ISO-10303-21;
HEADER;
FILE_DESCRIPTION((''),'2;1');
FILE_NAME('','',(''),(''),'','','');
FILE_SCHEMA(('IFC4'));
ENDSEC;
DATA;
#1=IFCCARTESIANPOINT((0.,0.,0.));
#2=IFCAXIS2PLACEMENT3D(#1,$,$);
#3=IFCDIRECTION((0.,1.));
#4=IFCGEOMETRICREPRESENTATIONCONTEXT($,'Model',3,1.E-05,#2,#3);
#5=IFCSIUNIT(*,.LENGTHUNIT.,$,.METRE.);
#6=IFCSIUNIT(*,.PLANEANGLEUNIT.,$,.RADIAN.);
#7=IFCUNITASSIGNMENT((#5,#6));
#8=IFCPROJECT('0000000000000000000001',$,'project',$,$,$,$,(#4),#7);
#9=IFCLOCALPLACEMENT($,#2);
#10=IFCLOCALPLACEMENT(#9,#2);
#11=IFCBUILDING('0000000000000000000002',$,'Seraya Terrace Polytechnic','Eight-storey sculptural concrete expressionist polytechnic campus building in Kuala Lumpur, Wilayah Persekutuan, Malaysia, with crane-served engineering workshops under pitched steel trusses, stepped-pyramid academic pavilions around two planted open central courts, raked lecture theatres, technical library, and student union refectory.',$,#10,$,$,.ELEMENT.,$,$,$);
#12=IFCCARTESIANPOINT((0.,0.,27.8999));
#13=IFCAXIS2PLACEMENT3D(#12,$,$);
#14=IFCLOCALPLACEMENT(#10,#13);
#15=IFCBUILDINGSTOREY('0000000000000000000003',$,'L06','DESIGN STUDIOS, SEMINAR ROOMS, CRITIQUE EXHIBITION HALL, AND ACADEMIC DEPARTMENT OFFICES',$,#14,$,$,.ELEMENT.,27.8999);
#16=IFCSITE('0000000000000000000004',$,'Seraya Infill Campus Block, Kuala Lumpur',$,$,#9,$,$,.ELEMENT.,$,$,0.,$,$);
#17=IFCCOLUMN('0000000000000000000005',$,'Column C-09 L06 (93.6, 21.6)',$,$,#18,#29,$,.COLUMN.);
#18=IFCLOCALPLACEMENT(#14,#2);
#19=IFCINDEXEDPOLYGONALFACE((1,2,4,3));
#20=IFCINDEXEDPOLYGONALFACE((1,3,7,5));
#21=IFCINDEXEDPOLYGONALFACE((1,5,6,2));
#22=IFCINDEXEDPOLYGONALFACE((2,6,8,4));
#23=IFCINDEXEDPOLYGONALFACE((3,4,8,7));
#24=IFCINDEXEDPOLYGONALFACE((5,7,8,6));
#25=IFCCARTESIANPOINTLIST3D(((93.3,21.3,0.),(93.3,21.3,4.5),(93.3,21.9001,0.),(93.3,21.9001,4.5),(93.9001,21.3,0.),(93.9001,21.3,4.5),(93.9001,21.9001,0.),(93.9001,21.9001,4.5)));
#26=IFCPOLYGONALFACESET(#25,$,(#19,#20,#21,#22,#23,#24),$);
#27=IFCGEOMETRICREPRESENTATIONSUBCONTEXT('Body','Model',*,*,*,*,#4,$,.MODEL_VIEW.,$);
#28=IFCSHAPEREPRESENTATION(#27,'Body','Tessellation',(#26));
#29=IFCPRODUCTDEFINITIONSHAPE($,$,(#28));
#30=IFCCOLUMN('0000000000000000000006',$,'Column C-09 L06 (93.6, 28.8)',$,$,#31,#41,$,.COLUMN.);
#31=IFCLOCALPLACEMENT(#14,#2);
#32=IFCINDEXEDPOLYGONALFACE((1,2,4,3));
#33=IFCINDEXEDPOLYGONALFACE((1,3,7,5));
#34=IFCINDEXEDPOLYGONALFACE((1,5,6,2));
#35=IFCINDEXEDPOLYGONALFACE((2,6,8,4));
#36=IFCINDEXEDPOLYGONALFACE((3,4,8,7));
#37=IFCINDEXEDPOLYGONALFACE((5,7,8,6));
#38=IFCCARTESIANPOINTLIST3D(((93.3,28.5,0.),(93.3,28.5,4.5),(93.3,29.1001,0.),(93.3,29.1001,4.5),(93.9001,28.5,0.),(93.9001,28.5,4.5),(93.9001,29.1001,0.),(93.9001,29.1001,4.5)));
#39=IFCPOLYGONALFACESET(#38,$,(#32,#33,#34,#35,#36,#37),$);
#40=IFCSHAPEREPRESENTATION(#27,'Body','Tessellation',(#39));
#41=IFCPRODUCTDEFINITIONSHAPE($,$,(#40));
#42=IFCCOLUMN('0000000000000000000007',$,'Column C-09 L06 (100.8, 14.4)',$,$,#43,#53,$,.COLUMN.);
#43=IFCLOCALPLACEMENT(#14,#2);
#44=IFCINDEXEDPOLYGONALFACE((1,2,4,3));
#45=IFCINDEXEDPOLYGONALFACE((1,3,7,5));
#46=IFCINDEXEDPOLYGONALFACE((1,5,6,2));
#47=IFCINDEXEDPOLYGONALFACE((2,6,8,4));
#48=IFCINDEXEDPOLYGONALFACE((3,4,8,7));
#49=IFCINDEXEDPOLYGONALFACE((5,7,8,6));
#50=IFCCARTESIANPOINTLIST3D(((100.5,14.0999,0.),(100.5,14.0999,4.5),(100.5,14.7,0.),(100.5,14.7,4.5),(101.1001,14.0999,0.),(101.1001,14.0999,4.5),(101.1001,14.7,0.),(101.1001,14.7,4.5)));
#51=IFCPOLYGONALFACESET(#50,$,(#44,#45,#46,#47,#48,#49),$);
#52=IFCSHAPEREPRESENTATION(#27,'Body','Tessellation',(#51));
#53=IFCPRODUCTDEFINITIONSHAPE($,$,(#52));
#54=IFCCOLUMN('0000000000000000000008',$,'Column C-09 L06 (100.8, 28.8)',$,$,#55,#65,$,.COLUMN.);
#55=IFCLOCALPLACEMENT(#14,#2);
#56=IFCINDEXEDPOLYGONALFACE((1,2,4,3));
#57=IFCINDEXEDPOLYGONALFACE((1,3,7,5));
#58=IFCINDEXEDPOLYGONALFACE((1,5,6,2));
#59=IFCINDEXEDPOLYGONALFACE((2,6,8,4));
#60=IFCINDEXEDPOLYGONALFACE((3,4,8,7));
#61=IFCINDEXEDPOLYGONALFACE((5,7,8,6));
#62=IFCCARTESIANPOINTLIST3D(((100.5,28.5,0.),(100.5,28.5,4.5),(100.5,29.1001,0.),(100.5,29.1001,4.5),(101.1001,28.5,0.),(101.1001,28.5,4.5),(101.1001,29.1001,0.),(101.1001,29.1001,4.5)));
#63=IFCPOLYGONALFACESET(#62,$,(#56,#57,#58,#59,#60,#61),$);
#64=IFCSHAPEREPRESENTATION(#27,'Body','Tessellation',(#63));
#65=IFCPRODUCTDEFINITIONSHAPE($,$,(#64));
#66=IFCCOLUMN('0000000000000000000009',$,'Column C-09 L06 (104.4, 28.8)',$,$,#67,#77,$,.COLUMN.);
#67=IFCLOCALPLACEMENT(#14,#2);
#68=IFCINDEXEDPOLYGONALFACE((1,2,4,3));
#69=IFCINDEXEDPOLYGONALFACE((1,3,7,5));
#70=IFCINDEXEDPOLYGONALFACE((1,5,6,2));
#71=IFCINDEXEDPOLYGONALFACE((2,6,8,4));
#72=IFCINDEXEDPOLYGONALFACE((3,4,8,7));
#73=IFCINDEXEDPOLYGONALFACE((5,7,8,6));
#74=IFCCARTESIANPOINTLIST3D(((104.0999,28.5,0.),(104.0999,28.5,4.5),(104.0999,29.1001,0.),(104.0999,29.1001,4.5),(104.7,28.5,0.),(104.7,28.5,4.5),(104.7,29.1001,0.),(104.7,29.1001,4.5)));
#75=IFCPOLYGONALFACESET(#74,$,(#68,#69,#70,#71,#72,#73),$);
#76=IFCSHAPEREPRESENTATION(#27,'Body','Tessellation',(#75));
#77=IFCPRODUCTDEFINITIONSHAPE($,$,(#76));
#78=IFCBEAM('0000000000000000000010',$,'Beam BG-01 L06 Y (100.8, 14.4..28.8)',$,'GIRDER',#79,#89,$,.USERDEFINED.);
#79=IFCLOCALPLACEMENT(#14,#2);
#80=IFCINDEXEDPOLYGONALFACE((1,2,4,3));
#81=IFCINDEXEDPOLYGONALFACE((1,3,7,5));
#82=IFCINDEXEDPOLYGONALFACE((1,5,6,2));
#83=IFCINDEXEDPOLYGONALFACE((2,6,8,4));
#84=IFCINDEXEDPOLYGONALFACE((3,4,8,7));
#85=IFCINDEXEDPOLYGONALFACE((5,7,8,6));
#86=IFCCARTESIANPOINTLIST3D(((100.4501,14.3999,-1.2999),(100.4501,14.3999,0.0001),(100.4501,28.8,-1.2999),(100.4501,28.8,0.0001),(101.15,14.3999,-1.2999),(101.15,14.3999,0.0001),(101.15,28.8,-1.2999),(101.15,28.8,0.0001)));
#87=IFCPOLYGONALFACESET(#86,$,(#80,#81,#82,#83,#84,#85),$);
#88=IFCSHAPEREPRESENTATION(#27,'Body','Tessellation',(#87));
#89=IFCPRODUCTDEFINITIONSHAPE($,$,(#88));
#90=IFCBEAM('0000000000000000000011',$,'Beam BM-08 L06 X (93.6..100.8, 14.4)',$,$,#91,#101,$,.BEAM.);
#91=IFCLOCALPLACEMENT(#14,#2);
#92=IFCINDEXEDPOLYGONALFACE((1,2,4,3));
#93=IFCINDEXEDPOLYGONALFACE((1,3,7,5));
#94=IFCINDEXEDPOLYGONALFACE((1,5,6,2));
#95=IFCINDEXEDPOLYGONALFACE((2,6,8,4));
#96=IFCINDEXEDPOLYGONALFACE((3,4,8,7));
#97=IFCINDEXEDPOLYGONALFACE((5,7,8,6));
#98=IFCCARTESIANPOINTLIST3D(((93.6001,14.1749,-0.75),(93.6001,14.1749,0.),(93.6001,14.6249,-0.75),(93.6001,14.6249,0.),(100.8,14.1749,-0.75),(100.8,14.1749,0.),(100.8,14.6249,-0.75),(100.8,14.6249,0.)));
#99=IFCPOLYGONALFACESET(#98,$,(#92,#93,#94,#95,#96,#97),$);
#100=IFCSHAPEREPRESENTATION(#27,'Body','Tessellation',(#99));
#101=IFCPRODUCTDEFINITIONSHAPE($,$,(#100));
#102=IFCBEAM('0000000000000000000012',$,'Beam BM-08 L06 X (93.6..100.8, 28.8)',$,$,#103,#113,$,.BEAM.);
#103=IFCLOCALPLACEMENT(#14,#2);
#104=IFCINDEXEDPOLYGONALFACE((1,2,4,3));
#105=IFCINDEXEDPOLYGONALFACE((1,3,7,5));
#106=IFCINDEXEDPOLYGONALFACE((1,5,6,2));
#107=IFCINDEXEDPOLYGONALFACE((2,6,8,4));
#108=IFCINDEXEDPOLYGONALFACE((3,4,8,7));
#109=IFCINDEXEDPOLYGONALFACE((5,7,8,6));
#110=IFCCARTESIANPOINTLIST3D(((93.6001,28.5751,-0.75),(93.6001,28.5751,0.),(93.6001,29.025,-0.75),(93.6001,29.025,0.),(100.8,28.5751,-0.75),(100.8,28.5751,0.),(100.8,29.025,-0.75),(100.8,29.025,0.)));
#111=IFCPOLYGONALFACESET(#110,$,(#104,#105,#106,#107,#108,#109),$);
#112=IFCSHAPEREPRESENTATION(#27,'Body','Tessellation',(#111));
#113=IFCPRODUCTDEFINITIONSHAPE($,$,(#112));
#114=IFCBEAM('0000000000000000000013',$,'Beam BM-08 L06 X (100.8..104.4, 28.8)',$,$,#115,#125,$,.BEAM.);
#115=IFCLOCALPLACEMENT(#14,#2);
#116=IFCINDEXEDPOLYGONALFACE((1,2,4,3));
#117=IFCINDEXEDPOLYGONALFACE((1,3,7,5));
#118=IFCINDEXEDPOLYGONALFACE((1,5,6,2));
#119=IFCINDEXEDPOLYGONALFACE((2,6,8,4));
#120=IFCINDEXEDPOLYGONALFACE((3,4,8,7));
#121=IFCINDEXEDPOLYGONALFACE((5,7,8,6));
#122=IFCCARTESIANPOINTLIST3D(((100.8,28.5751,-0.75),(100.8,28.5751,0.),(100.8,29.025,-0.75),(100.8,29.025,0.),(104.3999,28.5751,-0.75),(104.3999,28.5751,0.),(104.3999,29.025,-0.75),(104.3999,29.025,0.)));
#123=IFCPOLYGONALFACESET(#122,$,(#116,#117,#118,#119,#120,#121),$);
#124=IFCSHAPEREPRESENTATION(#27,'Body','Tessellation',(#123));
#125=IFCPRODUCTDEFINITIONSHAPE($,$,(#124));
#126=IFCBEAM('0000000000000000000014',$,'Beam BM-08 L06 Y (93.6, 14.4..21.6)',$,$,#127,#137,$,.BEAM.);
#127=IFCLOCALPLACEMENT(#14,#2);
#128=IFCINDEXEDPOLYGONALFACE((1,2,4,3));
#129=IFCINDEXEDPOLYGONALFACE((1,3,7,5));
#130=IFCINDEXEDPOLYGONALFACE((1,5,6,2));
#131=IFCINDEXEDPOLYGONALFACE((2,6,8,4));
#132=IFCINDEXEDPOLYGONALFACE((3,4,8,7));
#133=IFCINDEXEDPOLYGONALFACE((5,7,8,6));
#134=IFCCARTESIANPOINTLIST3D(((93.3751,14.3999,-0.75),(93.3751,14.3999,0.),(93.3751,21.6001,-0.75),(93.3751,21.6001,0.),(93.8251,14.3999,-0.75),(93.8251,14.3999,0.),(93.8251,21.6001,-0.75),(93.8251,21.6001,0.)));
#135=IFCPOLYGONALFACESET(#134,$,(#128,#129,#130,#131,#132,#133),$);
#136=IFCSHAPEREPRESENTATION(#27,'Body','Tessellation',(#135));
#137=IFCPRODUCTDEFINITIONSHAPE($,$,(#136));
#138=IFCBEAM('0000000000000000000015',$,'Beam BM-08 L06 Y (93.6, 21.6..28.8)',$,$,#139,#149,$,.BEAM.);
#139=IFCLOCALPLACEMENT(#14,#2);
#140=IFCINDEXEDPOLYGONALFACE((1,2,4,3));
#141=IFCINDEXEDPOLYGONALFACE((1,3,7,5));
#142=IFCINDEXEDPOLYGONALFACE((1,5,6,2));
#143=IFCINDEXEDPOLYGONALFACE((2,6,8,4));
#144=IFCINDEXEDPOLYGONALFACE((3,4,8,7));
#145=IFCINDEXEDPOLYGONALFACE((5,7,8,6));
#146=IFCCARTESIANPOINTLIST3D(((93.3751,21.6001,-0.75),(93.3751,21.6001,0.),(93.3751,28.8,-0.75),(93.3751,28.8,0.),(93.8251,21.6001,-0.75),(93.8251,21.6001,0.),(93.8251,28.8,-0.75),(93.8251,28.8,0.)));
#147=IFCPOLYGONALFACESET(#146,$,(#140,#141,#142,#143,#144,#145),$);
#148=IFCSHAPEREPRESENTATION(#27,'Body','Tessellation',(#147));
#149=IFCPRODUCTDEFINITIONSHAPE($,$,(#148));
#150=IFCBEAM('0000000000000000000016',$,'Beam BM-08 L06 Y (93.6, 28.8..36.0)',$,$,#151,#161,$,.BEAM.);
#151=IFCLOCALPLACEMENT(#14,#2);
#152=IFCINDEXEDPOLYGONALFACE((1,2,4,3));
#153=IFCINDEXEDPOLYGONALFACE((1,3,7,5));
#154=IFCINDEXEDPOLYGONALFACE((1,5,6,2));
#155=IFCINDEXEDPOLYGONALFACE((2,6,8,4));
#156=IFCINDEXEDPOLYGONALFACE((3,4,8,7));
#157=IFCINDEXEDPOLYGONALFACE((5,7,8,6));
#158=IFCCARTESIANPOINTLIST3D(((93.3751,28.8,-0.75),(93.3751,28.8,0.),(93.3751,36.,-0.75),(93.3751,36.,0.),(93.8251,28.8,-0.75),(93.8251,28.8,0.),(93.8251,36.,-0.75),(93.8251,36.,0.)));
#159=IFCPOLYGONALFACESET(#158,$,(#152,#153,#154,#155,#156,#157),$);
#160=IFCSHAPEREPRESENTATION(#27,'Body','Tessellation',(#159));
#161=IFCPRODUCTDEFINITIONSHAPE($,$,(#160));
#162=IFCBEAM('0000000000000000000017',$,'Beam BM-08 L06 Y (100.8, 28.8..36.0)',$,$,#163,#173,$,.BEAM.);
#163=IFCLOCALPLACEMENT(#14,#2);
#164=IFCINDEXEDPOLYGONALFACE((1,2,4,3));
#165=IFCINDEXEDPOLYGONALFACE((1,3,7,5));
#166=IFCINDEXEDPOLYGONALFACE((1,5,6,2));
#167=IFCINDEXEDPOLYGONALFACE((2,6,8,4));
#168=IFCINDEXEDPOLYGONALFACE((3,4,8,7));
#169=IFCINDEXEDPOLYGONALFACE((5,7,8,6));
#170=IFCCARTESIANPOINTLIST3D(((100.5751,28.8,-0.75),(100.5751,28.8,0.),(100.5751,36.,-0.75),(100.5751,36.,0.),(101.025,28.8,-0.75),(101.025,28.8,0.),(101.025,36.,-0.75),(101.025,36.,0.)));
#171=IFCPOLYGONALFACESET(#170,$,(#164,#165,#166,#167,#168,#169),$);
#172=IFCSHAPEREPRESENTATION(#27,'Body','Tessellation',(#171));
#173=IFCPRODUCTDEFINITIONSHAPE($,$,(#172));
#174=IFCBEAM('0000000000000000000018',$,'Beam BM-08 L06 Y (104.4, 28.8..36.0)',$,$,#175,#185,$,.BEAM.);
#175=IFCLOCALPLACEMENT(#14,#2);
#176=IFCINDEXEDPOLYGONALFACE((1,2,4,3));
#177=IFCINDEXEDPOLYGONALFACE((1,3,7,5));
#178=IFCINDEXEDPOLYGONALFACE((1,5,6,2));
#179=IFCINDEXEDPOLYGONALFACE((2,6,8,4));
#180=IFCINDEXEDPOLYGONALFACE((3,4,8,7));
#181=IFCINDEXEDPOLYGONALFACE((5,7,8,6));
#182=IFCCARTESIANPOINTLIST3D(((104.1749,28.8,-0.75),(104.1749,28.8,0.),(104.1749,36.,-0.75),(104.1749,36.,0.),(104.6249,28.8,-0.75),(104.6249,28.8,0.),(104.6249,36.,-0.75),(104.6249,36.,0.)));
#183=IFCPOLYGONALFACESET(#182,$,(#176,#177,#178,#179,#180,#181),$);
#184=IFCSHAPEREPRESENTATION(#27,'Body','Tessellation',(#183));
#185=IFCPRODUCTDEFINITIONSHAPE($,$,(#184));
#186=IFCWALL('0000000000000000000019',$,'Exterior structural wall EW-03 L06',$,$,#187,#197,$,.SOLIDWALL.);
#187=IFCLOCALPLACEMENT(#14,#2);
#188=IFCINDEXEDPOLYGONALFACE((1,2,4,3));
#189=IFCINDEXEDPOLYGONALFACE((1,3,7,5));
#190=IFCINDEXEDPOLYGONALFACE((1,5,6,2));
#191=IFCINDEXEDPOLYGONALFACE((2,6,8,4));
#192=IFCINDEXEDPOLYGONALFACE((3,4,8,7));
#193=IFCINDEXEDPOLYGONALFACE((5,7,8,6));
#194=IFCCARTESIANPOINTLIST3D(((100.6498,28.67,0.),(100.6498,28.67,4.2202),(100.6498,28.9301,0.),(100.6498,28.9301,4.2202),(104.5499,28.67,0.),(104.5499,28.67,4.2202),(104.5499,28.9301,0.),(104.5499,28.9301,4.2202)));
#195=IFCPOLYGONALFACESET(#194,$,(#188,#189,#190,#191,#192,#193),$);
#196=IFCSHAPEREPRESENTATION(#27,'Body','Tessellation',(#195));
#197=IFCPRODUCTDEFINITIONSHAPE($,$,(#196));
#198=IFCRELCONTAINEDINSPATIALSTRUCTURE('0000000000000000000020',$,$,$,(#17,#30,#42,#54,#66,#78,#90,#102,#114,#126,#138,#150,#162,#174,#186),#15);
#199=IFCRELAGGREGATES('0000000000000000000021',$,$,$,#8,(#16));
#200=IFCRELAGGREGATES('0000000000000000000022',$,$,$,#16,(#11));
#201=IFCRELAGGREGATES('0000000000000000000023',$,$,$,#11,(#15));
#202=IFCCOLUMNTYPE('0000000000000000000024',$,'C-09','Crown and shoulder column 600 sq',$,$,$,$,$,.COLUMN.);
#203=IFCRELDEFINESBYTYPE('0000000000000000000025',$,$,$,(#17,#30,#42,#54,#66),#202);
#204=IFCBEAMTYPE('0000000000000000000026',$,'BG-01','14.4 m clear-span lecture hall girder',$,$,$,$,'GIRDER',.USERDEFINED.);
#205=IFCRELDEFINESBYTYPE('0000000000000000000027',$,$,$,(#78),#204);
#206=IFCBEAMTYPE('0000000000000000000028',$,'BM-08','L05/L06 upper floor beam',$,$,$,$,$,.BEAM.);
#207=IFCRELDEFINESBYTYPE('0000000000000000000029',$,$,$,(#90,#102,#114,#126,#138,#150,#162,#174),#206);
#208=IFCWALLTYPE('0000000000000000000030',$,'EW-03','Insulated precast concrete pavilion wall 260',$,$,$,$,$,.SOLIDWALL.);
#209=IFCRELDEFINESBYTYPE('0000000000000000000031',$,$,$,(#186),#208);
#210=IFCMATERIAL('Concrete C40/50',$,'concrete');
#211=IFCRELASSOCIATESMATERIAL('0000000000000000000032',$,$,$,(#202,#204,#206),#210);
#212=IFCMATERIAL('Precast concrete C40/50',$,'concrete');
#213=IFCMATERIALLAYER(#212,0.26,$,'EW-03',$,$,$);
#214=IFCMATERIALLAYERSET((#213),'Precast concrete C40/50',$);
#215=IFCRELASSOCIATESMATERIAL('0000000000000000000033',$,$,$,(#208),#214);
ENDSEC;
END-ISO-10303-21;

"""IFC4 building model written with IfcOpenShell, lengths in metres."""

from ifc_helpers import new_model, si_unit, direction, frame, frame_2d, origin, origin_2d, place, context, subcontext, project, spatial, rectangle, extrude, material, layer, layer_set, material_profile, profile_set, type_object, element, save


model = new_model("IFC4")

# Units and contexts
model_context = context("Model", 3, precision=1e-05, world=origin(), true_north=direction((0.0, 1.0)))
body_context = subcontext(model_context, "Body", "Model", "MODEL_VIEW")
ifc_project = project(units=[si_unit("LENGTHUNIT", "METRE"), si_unit("PLANEANGLEUNIT", "RADIAN")], contexts=[model_context])

# Site, building, storey
site_placement = place(None, origin())
site = spatial("IfcSite", under=ifc_project, at=site_placement, Name="Seraya Infill Campus Block, Kuala Lumpur", CompositionType="ELEMENT", RefElevation=0.0)
building_placement = place(site_placement, origin())
building = spatial("IfcBuilding", under=site, at=building_placement, Name="Seraya Terrace Polytechnic", Description="Eight-storey sculptural concrete expressionist polytechnic campus building in Kuala Lumpur, Wilayah Persekutuan, Malaysia, with crane-served engineering workshops under pitched steel trusses, stepped-pyramid academic pavilions around two planted open central courts, raked lecture theatres, technical library, and student union refectory.", CompositionType="ELEMENT")
storey_placement = place(building_placement, frame((0.0, 0.0, 27.8999)))
storey = spatial("IfcBuildingStorey", under=building, at=storey_placement, Name="L06", Description="DESIGN STUDIOS, SEMINAR ROOMS, CRITIQUE EXHIBITION HALL, AND ACADEMIC DEPARTMENT OFFICES", CompositionType="ELEMENT", Elevation=27.8999)

# Columns
ifc_material_1 = material(Name="Concrete C40/50", Category="concrete")
ifc_material_profile_1 = material_profile(ifc_material_1, rectangle(XDim=0.6001, YDim=0.6001, at=origin_2d()), Name="RC 600x600")
ifc_profile_set_1 = profile_set([ifc_material_profile_1], Name="Concrete C40/50")
column_type = type_object("IfcColumnType", Name="C-09", Description="Crown and shoulder column 600 sq", PredefinedType="COLUMN", material=ifc_profile_set_1)
for number, where, z_axis, x_axis, name in (
    (1, (93.6001, 21.6001, 0.0), (0.0, 0.0, 1.0), (1.0, 0.0, 0.0), "Column C-09 L06 (93.6, 21.6)"),
    (2, (93.6001, 28.8, 0.0), (0.0, 0.0, 1.0), (1.0, 0.0, 0.0), "Column C-09 L06 (93.6, 28.8)"),
    (3, (100.8, 14.3999, 0.0), (0.0, 0.0, 1.0), (1.0, 0.0, 0.0), "Column C-09 L06 (100.8, 14.4)"),
    (4, (100.8, 28.8, 0.0), (0.0, 0.0, 1.0), (1.0, 0.0, 0.0), "Column C-09 L06 (100.8, 28.8)"),
    (5, (104.3999, 28.8, 0.0), (0.0, 0.0, 1.0), (1.0, 0.0, 0.0), "Column C-09 L06 (104.4, 28.8)"),
):
    element("IfcColumn", number, at=place(storey_placement, frame(where, z_axis=z_axis, x_axis=x_axis)), inside=storey, type_object=column_type, Name=name, PredefinedType="COLUMN", context=body_context, shape_type="SweptSolid", body=[
        extrude(rectangle(XDim=0.6001, YDim=0.6001, at=origin_2d()), origin(), (0.0, 0.0, 1.0), 4.5),
    ])

# Beams
ifc_material_profile_2 = material_profile(ifc_material_1, rectangle(XDim=0.7, YDim=1.3, at=origin_2d()), Name="RC 700x1300")
ifc_profile_set_2 = profile_set([ifc_material_profile_2], Name="Concrete C40/50")
beam_type_1 = type_object("IfcBeamType", Name="BG-01", Description="14.4 m clear-span lecture hall girder", ElementType="GIRDER", PredefinedType="USERDEFINED", material=ifc_profile_set_2)
beam_1_placement = place(storey_placement, frame((100.8, 14.3999, -0.6499), z_axis=(0.0, 1.0, 0.0), x_axis=(-1.0, 0.0, 0.0)))
element("IfcBeam", 6, at=beam_1_placement, inside=storey, type_object=beam_type_1, Name="Beam BG-01 L06 Y (100.8, 14.4..28.8)", ObjectType="GIRDER", PredefinedType="USERDEFINED", context=body_context, shape_type="SweptSolid", body=[
    extrude(rectangle(XDim=0.7, YDim=1.3, at=origin_2d()), origin(), (0.0, 0.0, 1.0), 14.4001),
])
ifc_material_profile_3 = material_profile(ifc_material_1, rectangle(XDim=0.45, YDim=0.75, at=origin_2d()), Name="RC 450x750")
ifc_profile_set_3 = profile_set([ifc_material_profile_3], Name="Concrete C40/50")
beam_type_2 = type_object("IfcBeamType", Name="BM-08", Description="L05/L06 upper floor beam", PredefinedType="BEAM", material=ifc_profile_set_3)
for number, where, z_axis, x_axis, name in (
    (7, (93.6001, 14.3999, -0.375), (1.0, 0.0, 0.0), (0.0, 1.0, 0.0), "Beam BM-08 L06 X (93.6..100.8, 14.4)"),
    (8, (93.6001, 28.8, -0.375), (1.0, 0.0, 0.0), (0.0, 1.0, 0.0), "Beam BM-08 L06 X (93.6..100.8, 28.8)"),
):
    element("IfcBeam", number, at=place(storey_placement, frame(where, z_axis=z_axis, x_axis=x_axis)), inside=storey, type_object=beam_type_2, Name=name, PredefinedType="BEAM", context=body_context, shape_type="SweptSolid", body=[
        extrude(rectangle(XDim=0.45, YDim=0.75, at=origin_2d()), origin(), (0.0, 0.0, 1.0), 7.2),
    ])
beam_2_placement = place(storey_placement, frame((100.8, 28.8, -0.375), z_axis=(1.0, 0.0, 0.0), x_axis=(0.0, 1.0, 0.0)))
element("IfcBeam", 9, at=beam_2_placement, inside=storey, type_object=beam_type_2, Name="Beam BM-08 L06 X (100.8..104.4, 28.8)", PredefinedType="BEAM", context=body_context, shape_type="SweptSolid", body=[
    extrude(rectangle(XDim=0.45, YDim=0.75, at=origin_2d()), origin(), (0.0, 0.0, 1.0), 3.5999),
])
beam_3_placement = place(storey_placement, frame((93.6001, 14.3999, -0.375), z_axis=(0.0, 1.0, 0.0), x_axis=(-1.0, 0.0, 0.0)))
element("IfcBeam", 10, at=beam_3_placement, inside=storey, type_object=beam_type_2, Name="Beam BM-08 L06 Y (93.6, 14.4..21.6)", PredefinedType="BEAM", context=body_context, shape_type="SweptSolid", body=[
    extrude(rectangle(XDim=0.45, YDim=0.75, at=origin_2d()), origin(), (0.0, 0.0, 1.0), 7.2002),
])
for number, where, z_axis, x_axis, name in (
    (11, (93.6001, 21.6001, -0.375), (0.0, 1.0, 0.0), (-1.0, 0.0, 0.0), "Beam BM-08 L06 Y (93.6, 21.6..28.8)"),
    (12, (93.6001, 28.8, -0.375), (0.0, 1.0, 0.0), (-1.0, 0.0, 0.0), "Beam BM-08 L06 Y (93.6, 28.8..36.0)"),
    (13, (100.8, 28.8, -0.375), (0.0, 1.0, 0.0), (-1.0, 0.0, 0.0), "Beam BM-08 L06 Y (100.8, 28.8..36.0)"),
    (14, (104.3999, 28.8, -0.375), (0.0, 1.0, 0.0), (-1.0, 0.0, 0.0), "Beam BM-08 L06 Y (104.4, 28.8..36.0)"),
):
    element("IfcBeam", number, at=place(storey_placement, frame(where, z_axis=z_axis, x_axis=x_axis)), inside=storey, type_object=beam_type_2, Name=name, PredefinedType="BEAM", context=body_context, shape_type="SweptSolid", body=[
        extrude(rectangle(XDim=0.45, YDim=0.75, at=origin_2d()), origin(), (0.0, 0.0, 1.0), 7.2),
    ])

# Wall
ifc_material_2 = material(Name="Precast concrete C40/50", Category="concrete")
ifc_layer_1 = layer(ifc_material_2, 0.26, Name="EW-03")
ifc_layer_set_1 = layer_set([ifc_layer_1], Name="Precast concrete C40/50")
wall_type_1 = type_object("IfcWallType", Name="EW-03", Description="Insulated precast concrete pavilion wall 260", PredefinedType="SOLIDWALL", material=ifc_layer_set_1)
wall_1_placement = place(storey_placement, frame((104.55, 28.8, 0.0), z_axis=(0.0, 0.0, 1.0), x_axis=(-1.0, 0.0, 0.0)))
element("IfcWall", 15, at=wall_1_placement, inside=storey, type_object=wall_type_1, Name="Exterior structural wall EW-03 L06", PredefinedType="SOLIDWALL", context=body_context, shape_type="SweptSolid", body=[
    extrude(rectangle(XDim=3.9001, YDim=0.26, at=frame_2d((1.9502, 0.0))), origin(), (0.0, 0.0, 1.0), 4.2202),
])

save(model, "model.ifc")
